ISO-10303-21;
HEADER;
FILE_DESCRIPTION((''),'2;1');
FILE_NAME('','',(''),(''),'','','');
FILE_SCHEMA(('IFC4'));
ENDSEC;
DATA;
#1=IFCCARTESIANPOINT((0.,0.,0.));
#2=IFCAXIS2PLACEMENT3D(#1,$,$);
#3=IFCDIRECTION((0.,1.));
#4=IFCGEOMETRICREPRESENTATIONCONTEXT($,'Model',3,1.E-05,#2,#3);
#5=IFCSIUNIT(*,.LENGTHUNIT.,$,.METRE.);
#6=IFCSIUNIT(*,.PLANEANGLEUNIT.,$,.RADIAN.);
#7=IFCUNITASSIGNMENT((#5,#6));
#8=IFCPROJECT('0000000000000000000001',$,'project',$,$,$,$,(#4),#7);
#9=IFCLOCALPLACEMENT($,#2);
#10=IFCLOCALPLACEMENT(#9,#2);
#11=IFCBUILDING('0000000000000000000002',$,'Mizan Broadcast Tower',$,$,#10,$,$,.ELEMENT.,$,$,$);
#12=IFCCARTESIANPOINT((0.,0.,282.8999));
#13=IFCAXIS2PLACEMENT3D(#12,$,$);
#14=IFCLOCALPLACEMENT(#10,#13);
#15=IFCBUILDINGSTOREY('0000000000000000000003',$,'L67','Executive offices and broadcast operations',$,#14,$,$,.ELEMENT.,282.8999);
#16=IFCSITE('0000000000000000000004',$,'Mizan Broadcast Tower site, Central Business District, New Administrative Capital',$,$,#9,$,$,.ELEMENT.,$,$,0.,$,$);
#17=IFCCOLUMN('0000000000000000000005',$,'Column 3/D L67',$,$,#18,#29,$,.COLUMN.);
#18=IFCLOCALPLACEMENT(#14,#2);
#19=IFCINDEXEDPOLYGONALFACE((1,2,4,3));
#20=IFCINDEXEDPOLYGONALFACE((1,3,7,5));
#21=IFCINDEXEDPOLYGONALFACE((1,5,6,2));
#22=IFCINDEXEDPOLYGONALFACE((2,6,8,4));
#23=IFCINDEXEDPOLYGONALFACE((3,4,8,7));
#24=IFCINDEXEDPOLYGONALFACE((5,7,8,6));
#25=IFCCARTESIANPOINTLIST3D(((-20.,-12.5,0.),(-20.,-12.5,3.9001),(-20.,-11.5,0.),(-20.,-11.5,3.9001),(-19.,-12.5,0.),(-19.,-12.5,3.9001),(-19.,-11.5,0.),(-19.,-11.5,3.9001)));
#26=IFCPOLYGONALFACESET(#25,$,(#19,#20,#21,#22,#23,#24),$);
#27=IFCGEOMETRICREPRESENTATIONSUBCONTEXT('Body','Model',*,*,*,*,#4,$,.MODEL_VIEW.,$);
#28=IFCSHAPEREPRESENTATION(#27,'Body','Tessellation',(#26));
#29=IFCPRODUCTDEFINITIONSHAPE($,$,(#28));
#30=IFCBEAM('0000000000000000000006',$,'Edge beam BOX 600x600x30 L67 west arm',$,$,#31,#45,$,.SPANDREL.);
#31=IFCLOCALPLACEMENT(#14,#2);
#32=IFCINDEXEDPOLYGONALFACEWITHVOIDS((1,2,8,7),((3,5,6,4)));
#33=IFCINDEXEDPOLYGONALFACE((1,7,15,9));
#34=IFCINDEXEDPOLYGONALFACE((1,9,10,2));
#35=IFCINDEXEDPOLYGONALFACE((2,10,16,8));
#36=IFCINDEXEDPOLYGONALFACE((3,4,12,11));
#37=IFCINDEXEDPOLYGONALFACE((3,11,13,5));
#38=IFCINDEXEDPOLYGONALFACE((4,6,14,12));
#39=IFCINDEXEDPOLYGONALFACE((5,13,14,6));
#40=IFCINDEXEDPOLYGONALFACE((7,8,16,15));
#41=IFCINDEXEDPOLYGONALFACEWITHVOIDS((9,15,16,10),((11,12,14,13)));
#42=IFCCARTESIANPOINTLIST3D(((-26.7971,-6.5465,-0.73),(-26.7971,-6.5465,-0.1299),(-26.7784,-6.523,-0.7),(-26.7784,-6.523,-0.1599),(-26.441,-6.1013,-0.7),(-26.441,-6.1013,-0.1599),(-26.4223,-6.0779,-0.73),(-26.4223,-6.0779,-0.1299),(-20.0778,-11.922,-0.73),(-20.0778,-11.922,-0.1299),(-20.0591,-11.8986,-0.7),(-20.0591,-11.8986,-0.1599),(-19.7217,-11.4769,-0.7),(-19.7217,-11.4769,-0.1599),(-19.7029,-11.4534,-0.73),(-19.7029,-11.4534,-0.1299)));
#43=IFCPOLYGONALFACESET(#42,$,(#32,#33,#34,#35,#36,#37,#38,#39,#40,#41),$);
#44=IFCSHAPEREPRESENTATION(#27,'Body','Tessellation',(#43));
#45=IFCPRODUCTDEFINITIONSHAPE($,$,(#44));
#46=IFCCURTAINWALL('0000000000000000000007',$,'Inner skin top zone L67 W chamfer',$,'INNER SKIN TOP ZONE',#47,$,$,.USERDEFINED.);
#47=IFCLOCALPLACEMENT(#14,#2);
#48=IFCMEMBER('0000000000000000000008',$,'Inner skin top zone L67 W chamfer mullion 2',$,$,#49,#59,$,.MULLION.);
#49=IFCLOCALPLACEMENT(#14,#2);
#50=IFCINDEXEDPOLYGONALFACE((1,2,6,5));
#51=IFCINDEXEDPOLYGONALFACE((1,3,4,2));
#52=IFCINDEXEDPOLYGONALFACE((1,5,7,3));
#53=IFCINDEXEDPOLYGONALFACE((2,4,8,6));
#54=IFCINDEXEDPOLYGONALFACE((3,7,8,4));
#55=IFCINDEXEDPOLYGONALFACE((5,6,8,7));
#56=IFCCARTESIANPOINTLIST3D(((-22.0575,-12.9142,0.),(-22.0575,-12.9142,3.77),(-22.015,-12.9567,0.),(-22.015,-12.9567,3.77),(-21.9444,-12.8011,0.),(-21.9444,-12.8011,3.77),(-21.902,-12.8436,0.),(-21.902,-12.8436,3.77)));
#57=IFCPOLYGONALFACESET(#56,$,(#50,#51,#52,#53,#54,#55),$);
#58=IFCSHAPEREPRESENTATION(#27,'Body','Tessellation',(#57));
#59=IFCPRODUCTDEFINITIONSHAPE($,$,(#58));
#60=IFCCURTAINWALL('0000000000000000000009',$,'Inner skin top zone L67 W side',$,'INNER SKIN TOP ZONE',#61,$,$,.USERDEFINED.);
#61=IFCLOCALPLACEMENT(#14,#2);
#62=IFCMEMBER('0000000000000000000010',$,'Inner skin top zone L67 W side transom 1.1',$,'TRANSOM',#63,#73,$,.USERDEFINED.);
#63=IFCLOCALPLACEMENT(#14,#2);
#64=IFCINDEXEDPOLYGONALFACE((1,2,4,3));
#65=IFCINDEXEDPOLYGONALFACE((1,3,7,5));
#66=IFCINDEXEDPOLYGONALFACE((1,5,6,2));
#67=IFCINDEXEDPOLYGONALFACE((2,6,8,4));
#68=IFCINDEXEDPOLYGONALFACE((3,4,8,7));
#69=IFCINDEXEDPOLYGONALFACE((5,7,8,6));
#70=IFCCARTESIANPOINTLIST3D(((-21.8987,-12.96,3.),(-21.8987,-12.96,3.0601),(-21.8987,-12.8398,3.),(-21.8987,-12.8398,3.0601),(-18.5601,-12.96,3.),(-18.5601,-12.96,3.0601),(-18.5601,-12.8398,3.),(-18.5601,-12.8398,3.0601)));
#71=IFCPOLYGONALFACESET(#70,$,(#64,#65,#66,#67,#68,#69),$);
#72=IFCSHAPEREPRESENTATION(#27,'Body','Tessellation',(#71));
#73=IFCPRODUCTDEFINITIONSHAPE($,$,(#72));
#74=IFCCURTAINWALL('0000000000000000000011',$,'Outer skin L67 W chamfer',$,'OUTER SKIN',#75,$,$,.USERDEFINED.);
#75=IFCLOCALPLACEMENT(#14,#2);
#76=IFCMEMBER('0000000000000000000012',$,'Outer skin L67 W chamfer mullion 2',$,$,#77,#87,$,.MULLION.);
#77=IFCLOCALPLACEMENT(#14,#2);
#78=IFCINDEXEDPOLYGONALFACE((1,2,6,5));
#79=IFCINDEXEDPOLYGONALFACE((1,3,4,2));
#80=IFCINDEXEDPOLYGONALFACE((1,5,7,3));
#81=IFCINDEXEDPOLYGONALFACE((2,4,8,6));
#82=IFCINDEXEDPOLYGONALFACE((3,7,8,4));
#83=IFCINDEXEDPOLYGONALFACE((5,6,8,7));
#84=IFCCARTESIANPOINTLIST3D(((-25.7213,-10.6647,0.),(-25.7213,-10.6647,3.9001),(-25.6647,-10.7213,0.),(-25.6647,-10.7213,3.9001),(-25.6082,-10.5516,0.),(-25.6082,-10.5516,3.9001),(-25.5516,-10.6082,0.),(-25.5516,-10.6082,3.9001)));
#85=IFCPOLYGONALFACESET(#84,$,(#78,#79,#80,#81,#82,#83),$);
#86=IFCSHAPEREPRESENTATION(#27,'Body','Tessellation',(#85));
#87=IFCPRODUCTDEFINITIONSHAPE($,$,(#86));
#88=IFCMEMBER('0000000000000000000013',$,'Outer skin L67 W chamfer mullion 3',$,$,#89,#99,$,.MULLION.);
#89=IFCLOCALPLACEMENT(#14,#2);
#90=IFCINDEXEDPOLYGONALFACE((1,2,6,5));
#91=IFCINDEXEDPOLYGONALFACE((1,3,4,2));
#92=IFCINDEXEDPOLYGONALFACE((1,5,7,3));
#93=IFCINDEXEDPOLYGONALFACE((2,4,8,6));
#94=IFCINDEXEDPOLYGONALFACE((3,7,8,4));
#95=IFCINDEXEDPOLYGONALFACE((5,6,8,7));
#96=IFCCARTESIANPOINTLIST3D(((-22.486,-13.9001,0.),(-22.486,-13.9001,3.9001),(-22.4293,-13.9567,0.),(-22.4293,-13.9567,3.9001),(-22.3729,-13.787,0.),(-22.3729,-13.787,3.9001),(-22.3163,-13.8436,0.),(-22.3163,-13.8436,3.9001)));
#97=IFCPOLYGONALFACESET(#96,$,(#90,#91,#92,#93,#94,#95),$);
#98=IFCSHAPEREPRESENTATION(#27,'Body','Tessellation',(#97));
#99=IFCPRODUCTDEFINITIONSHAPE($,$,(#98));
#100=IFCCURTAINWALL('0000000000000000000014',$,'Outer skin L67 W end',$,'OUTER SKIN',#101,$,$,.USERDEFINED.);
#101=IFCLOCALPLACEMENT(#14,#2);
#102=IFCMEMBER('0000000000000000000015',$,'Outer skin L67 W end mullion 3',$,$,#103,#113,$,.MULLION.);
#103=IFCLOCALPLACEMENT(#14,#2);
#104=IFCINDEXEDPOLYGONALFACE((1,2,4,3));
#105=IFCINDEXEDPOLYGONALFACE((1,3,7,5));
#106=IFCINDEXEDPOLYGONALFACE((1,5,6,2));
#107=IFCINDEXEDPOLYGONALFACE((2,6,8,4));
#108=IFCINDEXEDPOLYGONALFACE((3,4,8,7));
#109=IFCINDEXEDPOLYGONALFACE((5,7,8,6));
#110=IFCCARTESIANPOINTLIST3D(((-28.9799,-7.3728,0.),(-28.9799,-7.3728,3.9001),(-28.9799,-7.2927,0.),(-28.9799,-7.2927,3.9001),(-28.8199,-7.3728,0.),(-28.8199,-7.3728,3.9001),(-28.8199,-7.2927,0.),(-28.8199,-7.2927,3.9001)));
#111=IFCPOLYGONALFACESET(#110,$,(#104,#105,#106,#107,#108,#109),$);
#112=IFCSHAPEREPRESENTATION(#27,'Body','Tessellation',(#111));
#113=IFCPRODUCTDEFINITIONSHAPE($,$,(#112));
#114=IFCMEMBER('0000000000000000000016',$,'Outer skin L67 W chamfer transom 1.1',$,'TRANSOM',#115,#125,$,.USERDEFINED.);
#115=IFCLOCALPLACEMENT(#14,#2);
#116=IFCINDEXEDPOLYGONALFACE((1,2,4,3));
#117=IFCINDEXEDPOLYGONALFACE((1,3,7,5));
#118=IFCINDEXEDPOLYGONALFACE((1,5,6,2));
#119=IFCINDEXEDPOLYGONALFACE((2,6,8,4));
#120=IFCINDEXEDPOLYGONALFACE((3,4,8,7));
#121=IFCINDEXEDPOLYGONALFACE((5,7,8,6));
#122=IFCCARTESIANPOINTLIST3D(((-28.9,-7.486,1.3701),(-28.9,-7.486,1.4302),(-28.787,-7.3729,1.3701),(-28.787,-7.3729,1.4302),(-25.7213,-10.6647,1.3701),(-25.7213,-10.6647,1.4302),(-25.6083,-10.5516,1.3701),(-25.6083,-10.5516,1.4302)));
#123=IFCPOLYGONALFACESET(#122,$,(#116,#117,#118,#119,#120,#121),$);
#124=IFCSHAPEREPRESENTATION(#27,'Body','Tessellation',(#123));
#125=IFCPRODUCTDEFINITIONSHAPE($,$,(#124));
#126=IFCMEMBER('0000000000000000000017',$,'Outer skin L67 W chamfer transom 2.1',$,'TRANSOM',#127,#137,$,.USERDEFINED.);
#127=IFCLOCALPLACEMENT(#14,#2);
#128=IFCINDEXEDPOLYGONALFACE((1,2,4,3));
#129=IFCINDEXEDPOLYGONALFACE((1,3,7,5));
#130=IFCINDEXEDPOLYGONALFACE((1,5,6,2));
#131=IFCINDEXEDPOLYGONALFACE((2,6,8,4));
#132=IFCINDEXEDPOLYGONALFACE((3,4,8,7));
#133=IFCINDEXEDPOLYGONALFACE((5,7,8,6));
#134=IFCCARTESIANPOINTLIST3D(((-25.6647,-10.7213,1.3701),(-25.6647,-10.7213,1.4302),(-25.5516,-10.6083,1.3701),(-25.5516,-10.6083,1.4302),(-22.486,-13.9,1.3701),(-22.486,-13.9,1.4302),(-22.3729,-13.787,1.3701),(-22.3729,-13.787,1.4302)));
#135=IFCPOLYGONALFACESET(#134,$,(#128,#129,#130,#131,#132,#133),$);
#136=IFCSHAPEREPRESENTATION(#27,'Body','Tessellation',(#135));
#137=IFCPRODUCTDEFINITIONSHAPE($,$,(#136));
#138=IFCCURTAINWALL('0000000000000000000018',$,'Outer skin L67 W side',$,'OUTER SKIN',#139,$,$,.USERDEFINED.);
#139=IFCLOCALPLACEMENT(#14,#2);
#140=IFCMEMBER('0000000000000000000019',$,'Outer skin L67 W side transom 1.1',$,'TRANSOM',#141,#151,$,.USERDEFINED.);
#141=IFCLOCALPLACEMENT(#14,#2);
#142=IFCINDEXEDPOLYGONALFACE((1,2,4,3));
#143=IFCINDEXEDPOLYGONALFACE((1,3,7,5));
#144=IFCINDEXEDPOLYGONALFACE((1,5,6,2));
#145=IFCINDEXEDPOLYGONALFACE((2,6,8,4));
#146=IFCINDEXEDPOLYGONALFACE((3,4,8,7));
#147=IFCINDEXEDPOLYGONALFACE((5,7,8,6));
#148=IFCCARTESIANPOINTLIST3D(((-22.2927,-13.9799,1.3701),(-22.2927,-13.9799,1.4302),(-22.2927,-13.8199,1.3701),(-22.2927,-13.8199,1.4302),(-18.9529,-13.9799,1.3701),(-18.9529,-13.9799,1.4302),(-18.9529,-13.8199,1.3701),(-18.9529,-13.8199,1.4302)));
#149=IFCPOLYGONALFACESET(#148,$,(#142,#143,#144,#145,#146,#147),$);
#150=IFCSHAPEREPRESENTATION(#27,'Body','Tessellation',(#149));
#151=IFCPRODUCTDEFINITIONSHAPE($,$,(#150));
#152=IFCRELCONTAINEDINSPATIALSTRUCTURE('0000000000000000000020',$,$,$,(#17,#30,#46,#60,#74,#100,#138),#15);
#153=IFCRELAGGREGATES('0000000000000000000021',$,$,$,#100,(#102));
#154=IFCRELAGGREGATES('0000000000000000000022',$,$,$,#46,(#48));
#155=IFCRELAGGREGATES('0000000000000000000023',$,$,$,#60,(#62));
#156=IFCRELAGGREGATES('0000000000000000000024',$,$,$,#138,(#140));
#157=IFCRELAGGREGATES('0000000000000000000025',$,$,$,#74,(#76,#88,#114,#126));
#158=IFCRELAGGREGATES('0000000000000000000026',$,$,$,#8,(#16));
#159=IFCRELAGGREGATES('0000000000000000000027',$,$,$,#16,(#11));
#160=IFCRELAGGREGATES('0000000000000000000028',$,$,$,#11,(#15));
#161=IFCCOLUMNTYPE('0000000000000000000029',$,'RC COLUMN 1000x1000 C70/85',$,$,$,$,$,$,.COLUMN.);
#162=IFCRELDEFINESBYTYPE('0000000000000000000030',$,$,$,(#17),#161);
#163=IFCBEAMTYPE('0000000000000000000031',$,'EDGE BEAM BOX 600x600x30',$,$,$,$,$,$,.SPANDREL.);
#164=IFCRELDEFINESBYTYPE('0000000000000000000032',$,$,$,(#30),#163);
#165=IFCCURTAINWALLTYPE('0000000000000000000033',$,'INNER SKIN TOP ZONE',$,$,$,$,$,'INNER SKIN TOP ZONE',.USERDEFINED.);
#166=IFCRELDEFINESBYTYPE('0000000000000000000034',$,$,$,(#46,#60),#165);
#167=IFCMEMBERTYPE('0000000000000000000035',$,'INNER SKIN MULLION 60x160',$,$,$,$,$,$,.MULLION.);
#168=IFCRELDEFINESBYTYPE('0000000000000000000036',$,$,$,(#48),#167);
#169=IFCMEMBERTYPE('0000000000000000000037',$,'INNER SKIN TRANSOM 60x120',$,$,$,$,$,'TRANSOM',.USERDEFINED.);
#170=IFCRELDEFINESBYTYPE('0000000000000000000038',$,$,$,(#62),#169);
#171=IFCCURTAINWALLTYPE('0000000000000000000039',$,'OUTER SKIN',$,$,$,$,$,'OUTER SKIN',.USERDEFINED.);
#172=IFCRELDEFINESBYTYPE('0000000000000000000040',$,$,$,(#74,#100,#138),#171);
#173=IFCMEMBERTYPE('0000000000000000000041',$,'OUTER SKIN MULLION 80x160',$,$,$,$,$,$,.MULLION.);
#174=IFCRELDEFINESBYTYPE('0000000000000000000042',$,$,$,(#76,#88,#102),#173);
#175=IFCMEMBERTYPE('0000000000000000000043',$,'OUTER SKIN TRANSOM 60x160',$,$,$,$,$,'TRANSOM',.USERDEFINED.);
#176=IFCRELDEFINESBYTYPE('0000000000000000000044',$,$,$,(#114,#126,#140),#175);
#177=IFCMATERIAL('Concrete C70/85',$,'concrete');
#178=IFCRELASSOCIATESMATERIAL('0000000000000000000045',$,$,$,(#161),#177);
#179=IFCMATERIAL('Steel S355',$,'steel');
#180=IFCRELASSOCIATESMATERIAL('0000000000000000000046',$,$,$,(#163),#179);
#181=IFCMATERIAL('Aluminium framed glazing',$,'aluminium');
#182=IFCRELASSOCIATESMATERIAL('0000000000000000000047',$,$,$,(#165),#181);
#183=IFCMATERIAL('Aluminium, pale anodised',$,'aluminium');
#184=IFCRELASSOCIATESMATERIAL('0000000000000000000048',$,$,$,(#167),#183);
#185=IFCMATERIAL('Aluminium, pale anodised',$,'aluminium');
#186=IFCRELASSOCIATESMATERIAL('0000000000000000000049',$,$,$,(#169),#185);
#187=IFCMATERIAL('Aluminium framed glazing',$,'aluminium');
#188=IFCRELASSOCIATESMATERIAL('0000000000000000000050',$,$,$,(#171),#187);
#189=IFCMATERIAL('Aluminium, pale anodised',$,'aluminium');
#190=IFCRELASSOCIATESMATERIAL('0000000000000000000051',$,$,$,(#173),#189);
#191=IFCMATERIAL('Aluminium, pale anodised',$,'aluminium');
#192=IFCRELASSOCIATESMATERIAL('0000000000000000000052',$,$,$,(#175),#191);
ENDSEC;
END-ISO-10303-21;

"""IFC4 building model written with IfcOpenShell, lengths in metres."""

from ifc_helpers import new_model, si_unit, direction, frame, origin, origin_2d, place, context, subcontext, project, spatial, rectangle, hollow_rectangle, extrude, material, material_profile, profile_set, type_object, element, aggregate, save


model = new_model("IFC4")

# Units and contexts
model_context = context("Model", 3, precision=1e-05, world=origin(), true_north=direction((0.0, 1.0)))
body_context = subcontext(model_context, "Body", "Model", "MODEL_VIEW")
ifc_project = project(units=[si_unit("LENGTHUNIT", "METRE"), si_unit("PLANEANGLEUNIT", "RADIAN")], contexts=[model_context])

# Site, building, storey
site_placement = place(None, origin())
site = spatial("IfcSite", under=ifc_project, at=site_placement, Name="Mizan Broadcast Tower site, Central Business District, New Administrative Capital", CompositionType="ELEMENT", RefElevation=0.0)
building_placement = place(site_placement, origin())
building = spatial("IfcBuilding", under=site, at=building_placement, Name="Mizan Broadcast Tower", CompositionType="ELEMENT")
storey_placement = place(building_placement, frame((0.0, 0.0, 282.8999)))
storey = spatial("IfcBuildingStorey", under=building, at=storey_placement, Name="L67", Description="Executive offices and broadcast operations", CompositionType="ELEMENT", Elevation=282.8999)

# Column
ifc_material_1 = material(Name="Concrete C70/85", Category="concrete")
ifc_material_profile_1 = material_profile(ifc_material_1, rectangle(XDim=1.0, YDim=1.0, at=origin_2d()), Name="RC 1000x1000")
ifc_profile_set_1 = profile_set([ifc_material_profile_1], Name="Concrete C70/85")
column_type = type_object("IfcColumnType", Name="RC COLUMN 1000x1000 C70/85", PredefinedType="COLUMN", material=ifc_profile_set_1)
column_placement = place(storey_placement, frame((-19.5, -12.0, 0.0), z_axis=(0.0, 0.0, 1.0), x_axis=(1.0, 0.0, 0.0)))
element("IfcColumn", 1, at=column_placement, inside=storey, type_object=column_type, Name="Column 3/D L67", PredefinedType="COLUMN", context=body_context, shape_type="SweptSolid", body=[
    extrude(rectangle(XDim=1.0, YDim=1.0, at=origin_2d()), origin(), (0.0, 0.0, 1.0), 3.9001),
])

# Beam
ifc_material_2 = material(Name="Steel S355", Category="steel")
ifc_material_profile_2 = material_profile(ifc_material_2, hollow_rectangle(XDim=0.6001, YDim=0.6001, WallThickness=0.03, at=origin_2d()), Name="BOX 600x600x30")
ifc_profile_set_2 = profile_set([ifc_material_profile_2], Name="Steel S355")
beam_type_1 = type_object("IfcBeamType", Name="EDGE BEAM BOX 600x600x30", PredefinedType="SPANDREL", material=ifc_profile_set_2)
beam_1_placement = place(storey_placement, frame((-19.8904, -11.6877, -0.4299), z_axis=(-0.780863, 0.624702, 0.0), x_axis=(-0.624702, -0.780863, 0.0)))
element("IfcBeam", 2, at=beam_1_placement, inside=storey, type_object=beam_type_1, Name="Edge beam BOX 600x600x30 L67 west arm", PredefinedType="SPANDREL", context=body_context, shape_type="SweptSolid", body=[
    extrude(hollow_rectangle(XDim=0.6001, YDim=0.6001, WallThickness=0.03, at=origin_2d()), origin(), (0.0, 0.0, 1.0), 8.605),
])

# Curtain walls, members
ifc_material_3 = material(Name="Aluminium framed glazing", Category="aluminium")
curtain_wall_type_1 = type_object("IfcCurtainWallType", Name="INNER SKIN TOP ZONE", ElementType="INNER SKIN TOP ZONE", PredefinedType="USERDEFINED", material=ifc_material_3)
curtain_wall_1_placement = place(storey_placement, origin())
curtain_wall_1 = element("IfcCurtainWall", 3, at=curtain_wall_1_placement, inside=storey, type_object=curtain_wall_type_1, Name="Inner skin top zone L67 W chamfer", ObjectType="INNER SKIN TOP ZONE", PredefinedType="USERDEFINED")
ifc_material_4 = material(Name="Aluminium, pale anodised", Category="aluminium")
ifc_material_profile_3 = material_profile(ifc_material_4, rectangle(XDim=0.1599, YDim=0.0601, at=origin_2d()), Name="MULLION 160x60")
ifc_profile_set_3 = profile_set([ifc_material_profile_3], Name="Aluminium, pale anodised")
member_type_1 = type_object("IfcMemberType", Name="INNER SKIN MULLION 60x160", PredefinedType="MULLION", material=ifc_profile_set_3)
member_1_placement = place(storey_placement, frame((-21.9797, -12.8789, 0.0), z_axis=(0.0, 0.0, 1.0), x_axis=(0.707107, 0.707107, 0.0)))
member_1 = element("IfcMember", 4, at=member_1_placement, type_object=member_type_1, Name="Inner skin top zone L67 W chamfer mullion 2", PredefinedType="MULLION", context=body_context, shape_type="SweptSolid", body=[
    extrude(rectangle(XDim=0.1599, YDim=0.0601, at=origin_2d()), origin(), (0.0, 0.0, 1.0), 3.77),
])
curtain_wall_2_placement = place(storey_placement, origin())
curtain_wall_2 = element("IfcCurtainWall", 5, at=curtain_wall_2_placement, inside=storey, type_object=curtain_wall_type_1, Name="Inner skin top zone L67 W side", ObjectType="INNER SKIN TOP ZONE", PredefinedType="USERDEFINED")
ifc_material_5 = material(Name="Aluminium, pale anodised", Category="aluminium")
ifc_material_profile_4 = material_profile(ifc_material_5, rectangle(XDim=0.1201, YDim=0.0601, at=origin_2d()), Name="TRANSOM 120x60")
ifc_profile_set_4 = profile_set([ifc_material_profile_4], Name="Aluminium, pale anodised")
member_type_2 = type_object("IfcMemberType", Name="INNER SKIN TRANSOM 60x120", ElementType="TRANSOM", PredefinedType="USERDEFINED", material=ifc_profile_set_4)
member_2_placement = place(storey_placement, frame((-21.8987, -12.8999, 3.03), z_axis=(1.0, 0.0, 0.0), x_axis=(0.0, 1.0, 0.0)))
member_2 = element("IfcMember", 6, at=member_2_placement, type_object=member_type_2, Name="Inner skin top zone L67 W side transom 1.1", ObjectType="TRANSOM", PredefinedType="USERDEFINED", context=body_context, shape_type="SweptSolid", body=[
    extrude(rectangle(XDim=0.1201, YDim=0.0601, at=origin_2d()), origin(), (0.0, 0.0, 1.0), 3.3386),
])

# Curtain wall, members
ifc_material_6 = material(Name="Aluminium framed glazing", Category="aluminium")
curtain_wall_type_2 = type_object("IfcCurtainWallType", Name="OUTER SKIN", ElementType="OUTER SKIN", PredefinedType="USERDEFINED", material=ifc_material_6)
curtain_wall_3_placement = place(storey_placement, origin())
curtain_wall_3 = element("IfcCurtainWall", 7, at=curtain_wall_3_placement, inside=storey, type_object=curtain_wall_type_2, Name="Outer skin L67 W chamfer", ObjectType="OUTER SKIN", PredefinedType="USERDEFINED")
ifc_material_7 = material(Name="Aluminium, pale anodised", Category="aluminium")
ifc_material_profile_5 = material_profile(ifc_material_7, rectangle(XDim=0.1599, YDim=0.0801, at=origin_2d()), Name="MULLION 160x80")
ifc_profile_set_5 = profile_set([ifc_material_profile_5], Name="Aluminium, pale anodised")
member_type_3 = type_object("IfcMemberType", Name="OUTER SKIN MULLION 80x160", PredefinedType="MULLION", material=ifc_profile_set_5)
member_3_placement = place(storey_placement, frame((-25.6365, -10.6365, 0.0), z_axis=(0.0, 0.0, 1.0), x_axis=(0.707107, 0.707107, 0.0)))
member_3 = element("IfcMember", 8, at=member_3_placement, type_object=member_type_3, Name="Outer skin L67 W chamfer mullion 2", PredefinedType="MULLION", context=body_context, shape_type="SweptSolid", body=[
    extrude(rectangle(XDim=0.1599, YDim=0.0801, at=origin_2d()), origin(), (0.0, 0.0, 1.0), 3.9001),
])
member_4_placement = place(storey_placement, frame((-22.4011, -13.8718, 0.0), z_axis=(0.0, 0.0, 1.0), x_axis=(0.707107, 0.707107, 0.0)))
member_4 = element("IfcMember", 9, at=member_4_placement, type_object=member_type_3, Name="Outer skin L67 W chamfer mullion 3", PredefinedType="MULLION", context=body_context, shape_type="SweptSolid", body=[
    extrude(rectangle(XDim=0.1599, YDim=0.0801, at=origin_2d()), origin(), (0.0, 0.0, 1.0), 3.9001),
])

# Curtain wall, member
curtain_wall_4_placement = place(storey_placement, origin())
curtain_wall_4 = element("IfcCurtainWall", 10, at=curtain_wall_4_placement, inside=storey, type_object=curtain_wall_type_2, Name="Outer skin L67 W end", ObjectType="OUTER SKIN", PredefinedType="USERDEFINED")
member_5_placement = place(storey_placement, frame((-28.8999, -7.3328, 0.0), z_axis=(0.0, 0.0, 1.0), x_axis=(1.0, 0.0, 0.0)))
member_5 = element("IfcMember", 11, at=member_5_placement, type_object=member_type_3, Name="Outer skin L67 W end mullion 3", PredefinedType="MULLION", context=body_context, shape_type="SweptSolid", body=[
    extrude(rectangle(XDim=0.1599, YDim=0.0801, at=origin_2d()), origin(), (0.0, 0.0, 1.0), 3.9001),
])
aggregate(curtain_wall_4, [member_5])

# Members
ifc_material_8 = material(Name="Aluminium, pale anodised", Category="aluminium")
ifc_material_profile_6 = material_profile(ifc_material_8, rectangle(XDim=0.1599, YDim=0.0601, at=origin_2d()), Name="TRANSOM 160x60")
ifc_profile_set_6 = profile_set([ifc_material_profile_6], Name="Aluminium, pale anodised")
member_type_4 = type_object("IfcMemberType", Name="OUTER SKIN TRANSOM 60x160", ElementType="TRANSOM", PredefinedType="USERDEFINED", material=ifc_profile_set_6)
member_6_placement = place(storey_placement, frame((-28.8435, -7.4294, 1.4001), z_axis=(0.707107, -0.707107, 0.0), x_axis=(0.707107, 0.707107, 0.0)))
member_6 = element("IfcMember", 12, at=member_6_placement, type_object=member_type_4, Name="Outer skin L67 W chamfer transom 1.1", ObjectType="TRANSOM", PredefinedType="USERDEFINED", context=body_context, shape_type="SweptSolid", body=[
    extrude(rectangle(XDim=0.1599, YDim=0.0601, at=origin_2d()), origin(), (0.0, 0.0, 1.0), 4.4954),
])
member_7_placement = place(storey_placement, frame((-25.6082, -10.6648, 1.4001), z_axis=(0.707107, -0.707107, 0.0), x_axis=(0.707107, 0.707107, 0.0)))
member_7 = element("IfcMember", 13, at=member_7_placement, type_object=member_type_4, Name="Outer skin L67 W chamfer transom 2.1", ObjectType="TRANSOM", PredefinedType="USERDEFINED", context=body_context, shape_type="SweptSolid", body=[
    extrude(rectangle(XDim=0.1599, YDim=0.0601, at=origin_2d()), origin(), (0.0, 0.0, 1.0), 4.4954),
])

# Curtain wall, member
curtain_wall_5_placement = place(storey_placement, origin())
curtain_wall_5 = element("IfcCurtainWall", 14, at=curtain_wall_5_placement, inside=storey, type_object=curtain_wall_type_2, Name="Outer skin L67 W side", ObjectType="OUTER SKIN", PredefinedType="USERDEFINED")
member_8_placement = place(storey_placement, frame((-22.2927, -13.8999, 1.4001), z_axis=(1.0, 0.0, 0.0), x_axis=(0.0, 1.0, 0.0)))
member_8 = element("IfcMember", 15, at=member_8_placement, type_object=member_type_4, Name="Outer skin L67 W side transom 1.1", ObjectType="TRANSOM", PredefinedType="USERDEFINED", context=body_context, shape_type="SweptSolid", body=[
    extrude(rectangle(XDim=0.1599, YDim=0.0601, at=origin_2d()), origin(), (0.0, 0.0, 1.0), 3.3398),
])

aggregate(curtain_wall_1, [member_1])
aggregate(curtain_wall_2, [member_2])
aggregate(curtain_wall_5, [member_8])
aggregate(curtain_wall_3, [member_3, member_4, member_6, member_7])

save(model, "model.ifc")
